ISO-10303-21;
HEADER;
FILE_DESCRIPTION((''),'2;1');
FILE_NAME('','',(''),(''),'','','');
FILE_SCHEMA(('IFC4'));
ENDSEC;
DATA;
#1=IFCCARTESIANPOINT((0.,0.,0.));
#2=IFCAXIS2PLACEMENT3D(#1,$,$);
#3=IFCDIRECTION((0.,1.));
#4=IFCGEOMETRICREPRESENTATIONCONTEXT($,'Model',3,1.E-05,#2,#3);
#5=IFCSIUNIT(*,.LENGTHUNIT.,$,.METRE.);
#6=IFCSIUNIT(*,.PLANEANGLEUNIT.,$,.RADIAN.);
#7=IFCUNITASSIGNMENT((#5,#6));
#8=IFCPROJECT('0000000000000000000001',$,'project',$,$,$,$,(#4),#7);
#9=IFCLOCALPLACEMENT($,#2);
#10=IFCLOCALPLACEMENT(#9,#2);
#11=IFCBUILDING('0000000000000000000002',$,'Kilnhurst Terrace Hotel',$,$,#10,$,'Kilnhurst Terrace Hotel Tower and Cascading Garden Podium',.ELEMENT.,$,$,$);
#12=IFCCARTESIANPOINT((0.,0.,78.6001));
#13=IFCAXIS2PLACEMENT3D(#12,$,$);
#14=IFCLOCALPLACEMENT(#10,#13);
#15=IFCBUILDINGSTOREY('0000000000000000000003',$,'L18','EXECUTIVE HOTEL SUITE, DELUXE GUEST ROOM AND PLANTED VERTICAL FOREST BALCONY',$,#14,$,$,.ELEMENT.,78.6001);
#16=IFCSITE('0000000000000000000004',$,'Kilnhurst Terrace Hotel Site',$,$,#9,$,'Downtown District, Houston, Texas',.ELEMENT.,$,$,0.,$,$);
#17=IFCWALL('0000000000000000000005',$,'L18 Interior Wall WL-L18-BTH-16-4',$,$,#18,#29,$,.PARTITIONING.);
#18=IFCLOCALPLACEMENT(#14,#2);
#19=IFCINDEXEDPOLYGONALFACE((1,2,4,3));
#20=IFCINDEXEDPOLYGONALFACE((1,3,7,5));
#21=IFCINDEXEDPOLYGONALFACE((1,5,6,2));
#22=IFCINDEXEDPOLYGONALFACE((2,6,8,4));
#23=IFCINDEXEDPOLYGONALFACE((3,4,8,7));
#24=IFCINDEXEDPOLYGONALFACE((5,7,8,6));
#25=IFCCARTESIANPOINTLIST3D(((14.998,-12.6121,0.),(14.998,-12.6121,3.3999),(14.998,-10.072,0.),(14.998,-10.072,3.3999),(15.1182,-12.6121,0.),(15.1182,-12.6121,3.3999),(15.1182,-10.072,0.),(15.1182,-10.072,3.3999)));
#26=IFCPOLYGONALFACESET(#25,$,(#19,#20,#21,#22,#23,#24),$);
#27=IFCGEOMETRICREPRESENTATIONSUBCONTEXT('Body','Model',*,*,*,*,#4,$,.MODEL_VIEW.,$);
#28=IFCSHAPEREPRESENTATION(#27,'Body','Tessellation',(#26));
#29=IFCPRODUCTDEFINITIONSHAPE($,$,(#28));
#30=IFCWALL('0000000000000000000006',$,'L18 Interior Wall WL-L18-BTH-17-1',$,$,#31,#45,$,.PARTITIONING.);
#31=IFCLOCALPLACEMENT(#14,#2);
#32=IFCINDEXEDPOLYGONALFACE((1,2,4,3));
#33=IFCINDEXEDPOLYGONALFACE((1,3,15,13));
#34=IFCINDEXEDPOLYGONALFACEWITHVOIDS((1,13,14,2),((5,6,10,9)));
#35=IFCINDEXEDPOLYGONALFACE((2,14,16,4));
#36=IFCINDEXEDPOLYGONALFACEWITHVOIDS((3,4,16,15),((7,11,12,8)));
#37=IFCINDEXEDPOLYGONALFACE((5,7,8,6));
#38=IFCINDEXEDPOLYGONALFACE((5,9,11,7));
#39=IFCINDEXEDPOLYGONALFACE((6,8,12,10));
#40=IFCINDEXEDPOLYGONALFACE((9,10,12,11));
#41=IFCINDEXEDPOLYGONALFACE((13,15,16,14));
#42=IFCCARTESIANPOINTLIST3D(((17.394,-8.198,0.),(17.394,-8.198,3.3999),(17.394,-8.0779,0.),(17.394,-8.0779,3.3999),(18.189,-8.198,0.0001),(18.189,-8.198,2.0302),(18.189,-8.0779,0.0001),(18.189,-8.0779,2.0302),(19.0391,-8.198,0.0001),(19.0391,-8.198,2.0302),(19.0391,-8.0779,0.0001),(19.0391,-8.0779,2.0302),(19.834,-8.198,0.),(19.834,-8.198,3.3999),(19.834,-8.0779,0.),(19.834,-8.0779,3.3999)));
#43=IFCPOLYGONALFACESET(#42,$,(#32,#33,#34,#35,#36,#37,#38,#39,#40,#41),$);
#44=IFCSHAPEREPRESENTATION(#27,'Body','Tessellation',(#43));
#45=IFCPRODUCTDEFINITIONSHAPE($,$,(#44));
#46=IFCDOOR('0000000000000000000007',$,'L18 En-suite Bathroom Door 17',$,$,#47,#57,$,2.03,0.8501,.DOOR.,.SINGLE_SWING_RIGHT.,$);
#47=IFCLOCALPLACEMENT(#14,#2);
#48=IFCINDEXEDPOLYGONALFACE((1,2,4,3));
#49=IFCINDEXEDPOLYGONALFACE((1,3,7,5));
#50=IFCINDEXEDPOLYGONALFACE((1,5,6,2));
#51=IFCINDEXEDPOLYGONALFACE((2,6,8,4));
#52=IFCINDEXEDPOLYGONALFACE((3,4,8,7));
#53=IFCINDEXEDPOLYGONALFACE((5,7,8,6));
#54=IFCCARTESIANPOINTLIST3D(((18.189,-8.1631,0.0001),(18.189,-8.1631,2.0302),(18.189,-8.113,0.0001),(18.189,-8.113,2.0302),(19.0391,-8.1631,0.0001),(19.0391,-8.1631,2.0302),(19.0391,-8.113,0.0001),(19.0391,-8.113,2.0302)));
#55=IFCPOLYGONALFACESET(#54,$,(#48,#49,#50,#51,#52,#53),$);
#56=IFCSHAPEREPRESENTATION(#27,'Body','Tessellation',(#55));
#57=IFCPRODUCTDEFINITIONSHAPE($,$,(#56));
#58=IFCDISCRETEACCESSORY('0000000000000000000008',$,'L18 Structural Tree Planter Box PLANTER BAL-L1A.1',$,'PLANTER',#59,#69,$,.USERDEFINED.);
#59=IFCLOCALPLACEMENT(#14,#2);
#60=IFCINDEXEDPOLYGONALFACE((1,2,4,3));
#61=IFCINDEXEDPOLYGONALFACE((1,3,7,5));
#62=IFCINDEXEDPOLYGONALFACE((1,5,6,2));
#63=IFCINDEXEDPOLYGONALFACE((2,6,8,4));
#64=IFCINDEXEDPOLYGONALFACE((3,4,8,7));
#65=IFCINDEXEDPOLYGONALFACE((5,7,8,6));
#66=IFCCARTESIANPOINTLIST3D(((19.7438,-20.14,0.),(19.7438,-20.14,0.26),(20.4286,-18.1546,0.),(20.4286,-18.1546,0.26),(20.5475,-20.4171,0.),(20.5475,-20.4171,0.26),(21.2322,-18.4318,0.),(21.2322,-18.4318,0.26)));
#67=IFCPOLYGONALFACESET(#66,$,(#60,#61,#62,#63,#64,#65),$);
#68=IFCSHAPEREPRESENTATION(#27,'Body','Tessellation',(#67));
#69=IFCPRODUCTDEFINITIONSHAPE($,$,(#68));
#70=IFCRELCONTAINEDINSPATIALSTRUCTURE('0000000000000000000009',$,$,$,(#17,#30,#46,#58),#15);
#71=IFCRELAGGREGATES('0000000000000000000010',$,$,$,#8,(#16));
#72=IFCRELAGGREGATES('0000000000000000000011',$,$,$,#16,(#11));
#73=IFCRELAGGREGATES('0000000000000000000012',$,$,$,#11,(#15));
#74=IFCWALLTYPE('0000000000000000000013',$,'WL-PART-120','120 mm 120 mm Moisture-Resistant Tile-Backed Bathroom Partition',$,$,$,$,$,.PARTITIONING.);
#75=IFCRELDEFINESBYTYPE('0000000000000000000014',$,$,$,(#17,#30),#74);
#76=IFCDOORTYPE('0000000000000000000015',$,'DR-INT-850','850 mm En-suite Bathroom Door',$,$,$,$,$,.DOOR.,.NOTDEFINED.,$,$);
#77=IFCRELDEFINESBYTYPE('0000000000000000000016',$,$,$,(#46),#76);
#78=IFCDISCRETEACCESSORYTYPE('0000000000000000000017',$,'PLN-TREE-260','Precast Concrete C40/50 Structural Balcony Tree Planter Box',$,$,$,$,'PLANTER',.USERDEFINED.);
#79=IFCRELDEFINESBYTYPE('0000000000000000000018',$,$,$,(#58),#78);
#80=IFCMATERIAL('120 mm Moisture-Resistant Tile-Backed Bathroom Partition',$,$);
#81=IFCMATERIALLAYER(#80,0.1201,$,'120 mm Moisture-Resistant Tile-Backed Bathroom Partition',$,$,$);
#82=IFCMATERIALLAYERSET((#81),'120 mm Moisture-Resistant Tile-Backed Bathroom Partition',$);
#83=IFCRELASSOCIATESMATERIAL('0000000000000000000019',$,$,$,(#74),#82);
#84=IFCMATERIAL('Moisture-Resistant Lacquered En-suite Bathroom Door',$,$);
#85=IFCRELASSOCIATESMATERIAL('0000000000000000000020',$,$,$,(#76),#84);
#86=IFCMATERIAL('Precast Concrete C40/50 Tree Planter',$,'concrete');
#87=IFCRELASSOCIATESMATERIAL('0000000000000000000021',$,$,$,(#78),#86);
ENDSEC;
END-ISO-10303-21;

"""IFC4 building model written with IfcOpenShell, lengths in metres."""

from ifc_helpers import new_model, si_unit, direction, frame, frame_2d, origin, origin_2d, place, context, subcontext, project, spatial, rectangle, extrude, material, layer, layer_set, type_object, element, fill, save


model = new_model("IFC4")

# Units and contexts
model_context = context("Model", 3, precision=1e-05, world=origin(), true_north=direction((0.0, 1.0)))
body_context = subcontext(model_context, "Body", "Model", "MODEL_VIEW")
ifc_project = project(units=[si_unit("LENGTHUNIT", "METRE"), si_unit("PLANEANGLEUNIT", "RADIAN")], contexts=[model_context])

# Site, building, storey
site_placement = place(None, origin())
site = spatial("IfcSite", under=ifc_project, at=site_placement, Name="Kilnhurst Terrace Hotel Site", LongName="Downtown District, Houston, Texas", CompositionType="ELEMENT", RefElevation=0.0)
building_placement = place(site_placement, origin())
building = spatial("IfcBuilding", under=site, at=building_placement, Name="Kilnhurst Terrace Hotel", LongName="Kilnhurst Terrace Hotel Tower and Cascading Garden Podium", CompositionType="ELEMENT")
storey_placement = place(building_placement, frame((0.0, 0.0, 78.6001)))
storey = spatial("IfcBuildingStorey", under=building, at=storey_placement, Name="L18", Description="EXECUTIVE HOTEL SUITE, DELUXE GUEST ROOM AND PLANTED VERTICAL FOREST BALCONY", CompositionType="ELEMENT", Elevation=78.6001)

# Shared definitions
ifc_material_1 = material(Name="120 mm Moisture-Resistant Tile-Backed Bathroom Partition")
ifc_layer_1 = layer(ifc_material_1, 0.1201, Name="120 mm Moisture-Resistant Tile-Backed Bathroom Partition")
ifc_layer_set_1 = layer_set([ifc_layer_1], Name="120 mm Moisture-Resistant Tile-Backed Bathroom Partition")
wall_type_1 = type_object("IfcWallType", Name="WL-PART-120", Description="120 mm 120 mm Moisture-Resistant Tile-Backed Bathroom Partition", PredefinedType="PARTITIONING", material=ifc_layer_set_1)
ifc_material_2 = material(Name="Moisture-Resistant Lacquered En-suite Bathroom Door")
door_type_1 = type_object("IfcDoorType", Name="DR-INT-850", Description="850 mm En-suite Bathroom Door", OperationType="NOTDEFINED", PredefinedType="DOOR", material=ifc_material_2)

# Wall
wall_1_placement = place(storey_placement, frame((15.0581, -10.072, 0.0), z_axis=(0.0, 0.0, 1.0), x_axis=(0.0, -1.0, 0.0)))
element("IfcWall", 1, at=wall_1_placement, inside=storey, type_object=wall_type_1, Name="L18 Interior Wall WL-L18-BTH-16-4", PredefinedType="PARTITIONING", context=body_context, shape_type="SweptSolid", body=[
    extrude(rectangle(XDim=2.54, YDim=0.1201, at=frame_2d((1.27, 0.0))), origin(), (0.0, 0.0, 1.0), 3.3999),
])

# Wall, opening, door
wall_2_placement = place(storey_placement, frame((17.394, -8.1379, 0.0), z_axis=(0.0, 0.0, 1.0), x_axis=(1.0, 0.0, 0.0)))
wall_2 = element("IfcWall", 2, at=wall_2_placement, inside=storey, type_object=wall_type_1, Name="L18 Interior Wall WL-L18-BTH-17-1", PredefinedType="PARTITIONING", context=body_context, shape_type="SweptSolid", body=[
    extrude(rectangle(XDim=2.4399, YDim=0.1201, at=frame_2d((1.22, 0.0))), origin(), (0.0, 0.0, 1.0), 3.3999),
])
opening_1_placement = place(wall_2_placement, frame((0.7949, 0.0, 0.0)))
opening_1 = element("IfcOpeningElement", 3, at=opening_1_placement, cuts=wall_2, PredefinedType="OPENING", context=body_context, shape_type="SweptSolid", body=[
    extrude(rectangle(XDim=0.8501, YDim=2.03, at=frame_2d((0.425, 1.0151))), frame((0.0, 0.0701, 0.0), z_axis=(0.0, -1.0, 0.0), x_axis=(1.0, 0.0, 0.0)), (0.0, 0.0, 1.0), 0.1401),
])
door_1_placement = place(opening_1_placement, origin())
door_1 = element("IfcDoor", 4, at=door_1_placement, inside=storey, type_object=door_type_1, Name="L18 En-suite Bathroom Door 17", OperationType="SINGLE_SWING_RIGHT", OverallHeight=2.03, OverallWidth=0.8501, PredefinedType="DOOR", context=body_context, shape_type="SweptSolid", body=[
    extrude(rectangle(XDim=0.8501, YDim=2.03, at=frame_2d((0.425, 1.0151))), frame((0.0, 0.0249, 0.0), z_axis=(0.0, -1.0, 0.0), x_axis=(1.0, 0.0, 0.0)), (0.0, 0.0, 1.0), 0.05),
])
fill(opening_1, door_1)

# Discrete accessory
ifc_material_3 = material(Name="Precast Concrete C40/50 Tree Planter", Category="concrete")
discrete_accessory_type = type_object("IfcDiscreteAccessoryType", Name="PLN-TREE-260", Description="Precast Concrete C40/50 Structural Balcony Tree Planter Box", ElementType="PLANTER", PredefinedType="USERDEFINED", material=ifc_material_3)
discrete_accessory_placement = place(storey_placement, frame((20.488, -19.2859, 0.0), z_axis=(0.0, 0.0, 1.0), x_axis=(0.326063, 0.945348, 0.0)))
element("IfcDiscreteAccessory", 5, at=discrete_accessory_placement, inside=storey, type_object=discrete_accessory_type, Name="L18 Structural Tree Planter Box PLANTER BAL-L1A.1", ObjectType="PLANTER", PredefinedType="USERDEFINED", context=body_context, shape_type="SweptSolid", body=[
    extrude(rectangle(XDim=2.1001, YDim=0.8501, at=origin_2d()), origin(), (0.0, 0.0, 1.0), 0.26),
])

save(model, "model.ifc")
